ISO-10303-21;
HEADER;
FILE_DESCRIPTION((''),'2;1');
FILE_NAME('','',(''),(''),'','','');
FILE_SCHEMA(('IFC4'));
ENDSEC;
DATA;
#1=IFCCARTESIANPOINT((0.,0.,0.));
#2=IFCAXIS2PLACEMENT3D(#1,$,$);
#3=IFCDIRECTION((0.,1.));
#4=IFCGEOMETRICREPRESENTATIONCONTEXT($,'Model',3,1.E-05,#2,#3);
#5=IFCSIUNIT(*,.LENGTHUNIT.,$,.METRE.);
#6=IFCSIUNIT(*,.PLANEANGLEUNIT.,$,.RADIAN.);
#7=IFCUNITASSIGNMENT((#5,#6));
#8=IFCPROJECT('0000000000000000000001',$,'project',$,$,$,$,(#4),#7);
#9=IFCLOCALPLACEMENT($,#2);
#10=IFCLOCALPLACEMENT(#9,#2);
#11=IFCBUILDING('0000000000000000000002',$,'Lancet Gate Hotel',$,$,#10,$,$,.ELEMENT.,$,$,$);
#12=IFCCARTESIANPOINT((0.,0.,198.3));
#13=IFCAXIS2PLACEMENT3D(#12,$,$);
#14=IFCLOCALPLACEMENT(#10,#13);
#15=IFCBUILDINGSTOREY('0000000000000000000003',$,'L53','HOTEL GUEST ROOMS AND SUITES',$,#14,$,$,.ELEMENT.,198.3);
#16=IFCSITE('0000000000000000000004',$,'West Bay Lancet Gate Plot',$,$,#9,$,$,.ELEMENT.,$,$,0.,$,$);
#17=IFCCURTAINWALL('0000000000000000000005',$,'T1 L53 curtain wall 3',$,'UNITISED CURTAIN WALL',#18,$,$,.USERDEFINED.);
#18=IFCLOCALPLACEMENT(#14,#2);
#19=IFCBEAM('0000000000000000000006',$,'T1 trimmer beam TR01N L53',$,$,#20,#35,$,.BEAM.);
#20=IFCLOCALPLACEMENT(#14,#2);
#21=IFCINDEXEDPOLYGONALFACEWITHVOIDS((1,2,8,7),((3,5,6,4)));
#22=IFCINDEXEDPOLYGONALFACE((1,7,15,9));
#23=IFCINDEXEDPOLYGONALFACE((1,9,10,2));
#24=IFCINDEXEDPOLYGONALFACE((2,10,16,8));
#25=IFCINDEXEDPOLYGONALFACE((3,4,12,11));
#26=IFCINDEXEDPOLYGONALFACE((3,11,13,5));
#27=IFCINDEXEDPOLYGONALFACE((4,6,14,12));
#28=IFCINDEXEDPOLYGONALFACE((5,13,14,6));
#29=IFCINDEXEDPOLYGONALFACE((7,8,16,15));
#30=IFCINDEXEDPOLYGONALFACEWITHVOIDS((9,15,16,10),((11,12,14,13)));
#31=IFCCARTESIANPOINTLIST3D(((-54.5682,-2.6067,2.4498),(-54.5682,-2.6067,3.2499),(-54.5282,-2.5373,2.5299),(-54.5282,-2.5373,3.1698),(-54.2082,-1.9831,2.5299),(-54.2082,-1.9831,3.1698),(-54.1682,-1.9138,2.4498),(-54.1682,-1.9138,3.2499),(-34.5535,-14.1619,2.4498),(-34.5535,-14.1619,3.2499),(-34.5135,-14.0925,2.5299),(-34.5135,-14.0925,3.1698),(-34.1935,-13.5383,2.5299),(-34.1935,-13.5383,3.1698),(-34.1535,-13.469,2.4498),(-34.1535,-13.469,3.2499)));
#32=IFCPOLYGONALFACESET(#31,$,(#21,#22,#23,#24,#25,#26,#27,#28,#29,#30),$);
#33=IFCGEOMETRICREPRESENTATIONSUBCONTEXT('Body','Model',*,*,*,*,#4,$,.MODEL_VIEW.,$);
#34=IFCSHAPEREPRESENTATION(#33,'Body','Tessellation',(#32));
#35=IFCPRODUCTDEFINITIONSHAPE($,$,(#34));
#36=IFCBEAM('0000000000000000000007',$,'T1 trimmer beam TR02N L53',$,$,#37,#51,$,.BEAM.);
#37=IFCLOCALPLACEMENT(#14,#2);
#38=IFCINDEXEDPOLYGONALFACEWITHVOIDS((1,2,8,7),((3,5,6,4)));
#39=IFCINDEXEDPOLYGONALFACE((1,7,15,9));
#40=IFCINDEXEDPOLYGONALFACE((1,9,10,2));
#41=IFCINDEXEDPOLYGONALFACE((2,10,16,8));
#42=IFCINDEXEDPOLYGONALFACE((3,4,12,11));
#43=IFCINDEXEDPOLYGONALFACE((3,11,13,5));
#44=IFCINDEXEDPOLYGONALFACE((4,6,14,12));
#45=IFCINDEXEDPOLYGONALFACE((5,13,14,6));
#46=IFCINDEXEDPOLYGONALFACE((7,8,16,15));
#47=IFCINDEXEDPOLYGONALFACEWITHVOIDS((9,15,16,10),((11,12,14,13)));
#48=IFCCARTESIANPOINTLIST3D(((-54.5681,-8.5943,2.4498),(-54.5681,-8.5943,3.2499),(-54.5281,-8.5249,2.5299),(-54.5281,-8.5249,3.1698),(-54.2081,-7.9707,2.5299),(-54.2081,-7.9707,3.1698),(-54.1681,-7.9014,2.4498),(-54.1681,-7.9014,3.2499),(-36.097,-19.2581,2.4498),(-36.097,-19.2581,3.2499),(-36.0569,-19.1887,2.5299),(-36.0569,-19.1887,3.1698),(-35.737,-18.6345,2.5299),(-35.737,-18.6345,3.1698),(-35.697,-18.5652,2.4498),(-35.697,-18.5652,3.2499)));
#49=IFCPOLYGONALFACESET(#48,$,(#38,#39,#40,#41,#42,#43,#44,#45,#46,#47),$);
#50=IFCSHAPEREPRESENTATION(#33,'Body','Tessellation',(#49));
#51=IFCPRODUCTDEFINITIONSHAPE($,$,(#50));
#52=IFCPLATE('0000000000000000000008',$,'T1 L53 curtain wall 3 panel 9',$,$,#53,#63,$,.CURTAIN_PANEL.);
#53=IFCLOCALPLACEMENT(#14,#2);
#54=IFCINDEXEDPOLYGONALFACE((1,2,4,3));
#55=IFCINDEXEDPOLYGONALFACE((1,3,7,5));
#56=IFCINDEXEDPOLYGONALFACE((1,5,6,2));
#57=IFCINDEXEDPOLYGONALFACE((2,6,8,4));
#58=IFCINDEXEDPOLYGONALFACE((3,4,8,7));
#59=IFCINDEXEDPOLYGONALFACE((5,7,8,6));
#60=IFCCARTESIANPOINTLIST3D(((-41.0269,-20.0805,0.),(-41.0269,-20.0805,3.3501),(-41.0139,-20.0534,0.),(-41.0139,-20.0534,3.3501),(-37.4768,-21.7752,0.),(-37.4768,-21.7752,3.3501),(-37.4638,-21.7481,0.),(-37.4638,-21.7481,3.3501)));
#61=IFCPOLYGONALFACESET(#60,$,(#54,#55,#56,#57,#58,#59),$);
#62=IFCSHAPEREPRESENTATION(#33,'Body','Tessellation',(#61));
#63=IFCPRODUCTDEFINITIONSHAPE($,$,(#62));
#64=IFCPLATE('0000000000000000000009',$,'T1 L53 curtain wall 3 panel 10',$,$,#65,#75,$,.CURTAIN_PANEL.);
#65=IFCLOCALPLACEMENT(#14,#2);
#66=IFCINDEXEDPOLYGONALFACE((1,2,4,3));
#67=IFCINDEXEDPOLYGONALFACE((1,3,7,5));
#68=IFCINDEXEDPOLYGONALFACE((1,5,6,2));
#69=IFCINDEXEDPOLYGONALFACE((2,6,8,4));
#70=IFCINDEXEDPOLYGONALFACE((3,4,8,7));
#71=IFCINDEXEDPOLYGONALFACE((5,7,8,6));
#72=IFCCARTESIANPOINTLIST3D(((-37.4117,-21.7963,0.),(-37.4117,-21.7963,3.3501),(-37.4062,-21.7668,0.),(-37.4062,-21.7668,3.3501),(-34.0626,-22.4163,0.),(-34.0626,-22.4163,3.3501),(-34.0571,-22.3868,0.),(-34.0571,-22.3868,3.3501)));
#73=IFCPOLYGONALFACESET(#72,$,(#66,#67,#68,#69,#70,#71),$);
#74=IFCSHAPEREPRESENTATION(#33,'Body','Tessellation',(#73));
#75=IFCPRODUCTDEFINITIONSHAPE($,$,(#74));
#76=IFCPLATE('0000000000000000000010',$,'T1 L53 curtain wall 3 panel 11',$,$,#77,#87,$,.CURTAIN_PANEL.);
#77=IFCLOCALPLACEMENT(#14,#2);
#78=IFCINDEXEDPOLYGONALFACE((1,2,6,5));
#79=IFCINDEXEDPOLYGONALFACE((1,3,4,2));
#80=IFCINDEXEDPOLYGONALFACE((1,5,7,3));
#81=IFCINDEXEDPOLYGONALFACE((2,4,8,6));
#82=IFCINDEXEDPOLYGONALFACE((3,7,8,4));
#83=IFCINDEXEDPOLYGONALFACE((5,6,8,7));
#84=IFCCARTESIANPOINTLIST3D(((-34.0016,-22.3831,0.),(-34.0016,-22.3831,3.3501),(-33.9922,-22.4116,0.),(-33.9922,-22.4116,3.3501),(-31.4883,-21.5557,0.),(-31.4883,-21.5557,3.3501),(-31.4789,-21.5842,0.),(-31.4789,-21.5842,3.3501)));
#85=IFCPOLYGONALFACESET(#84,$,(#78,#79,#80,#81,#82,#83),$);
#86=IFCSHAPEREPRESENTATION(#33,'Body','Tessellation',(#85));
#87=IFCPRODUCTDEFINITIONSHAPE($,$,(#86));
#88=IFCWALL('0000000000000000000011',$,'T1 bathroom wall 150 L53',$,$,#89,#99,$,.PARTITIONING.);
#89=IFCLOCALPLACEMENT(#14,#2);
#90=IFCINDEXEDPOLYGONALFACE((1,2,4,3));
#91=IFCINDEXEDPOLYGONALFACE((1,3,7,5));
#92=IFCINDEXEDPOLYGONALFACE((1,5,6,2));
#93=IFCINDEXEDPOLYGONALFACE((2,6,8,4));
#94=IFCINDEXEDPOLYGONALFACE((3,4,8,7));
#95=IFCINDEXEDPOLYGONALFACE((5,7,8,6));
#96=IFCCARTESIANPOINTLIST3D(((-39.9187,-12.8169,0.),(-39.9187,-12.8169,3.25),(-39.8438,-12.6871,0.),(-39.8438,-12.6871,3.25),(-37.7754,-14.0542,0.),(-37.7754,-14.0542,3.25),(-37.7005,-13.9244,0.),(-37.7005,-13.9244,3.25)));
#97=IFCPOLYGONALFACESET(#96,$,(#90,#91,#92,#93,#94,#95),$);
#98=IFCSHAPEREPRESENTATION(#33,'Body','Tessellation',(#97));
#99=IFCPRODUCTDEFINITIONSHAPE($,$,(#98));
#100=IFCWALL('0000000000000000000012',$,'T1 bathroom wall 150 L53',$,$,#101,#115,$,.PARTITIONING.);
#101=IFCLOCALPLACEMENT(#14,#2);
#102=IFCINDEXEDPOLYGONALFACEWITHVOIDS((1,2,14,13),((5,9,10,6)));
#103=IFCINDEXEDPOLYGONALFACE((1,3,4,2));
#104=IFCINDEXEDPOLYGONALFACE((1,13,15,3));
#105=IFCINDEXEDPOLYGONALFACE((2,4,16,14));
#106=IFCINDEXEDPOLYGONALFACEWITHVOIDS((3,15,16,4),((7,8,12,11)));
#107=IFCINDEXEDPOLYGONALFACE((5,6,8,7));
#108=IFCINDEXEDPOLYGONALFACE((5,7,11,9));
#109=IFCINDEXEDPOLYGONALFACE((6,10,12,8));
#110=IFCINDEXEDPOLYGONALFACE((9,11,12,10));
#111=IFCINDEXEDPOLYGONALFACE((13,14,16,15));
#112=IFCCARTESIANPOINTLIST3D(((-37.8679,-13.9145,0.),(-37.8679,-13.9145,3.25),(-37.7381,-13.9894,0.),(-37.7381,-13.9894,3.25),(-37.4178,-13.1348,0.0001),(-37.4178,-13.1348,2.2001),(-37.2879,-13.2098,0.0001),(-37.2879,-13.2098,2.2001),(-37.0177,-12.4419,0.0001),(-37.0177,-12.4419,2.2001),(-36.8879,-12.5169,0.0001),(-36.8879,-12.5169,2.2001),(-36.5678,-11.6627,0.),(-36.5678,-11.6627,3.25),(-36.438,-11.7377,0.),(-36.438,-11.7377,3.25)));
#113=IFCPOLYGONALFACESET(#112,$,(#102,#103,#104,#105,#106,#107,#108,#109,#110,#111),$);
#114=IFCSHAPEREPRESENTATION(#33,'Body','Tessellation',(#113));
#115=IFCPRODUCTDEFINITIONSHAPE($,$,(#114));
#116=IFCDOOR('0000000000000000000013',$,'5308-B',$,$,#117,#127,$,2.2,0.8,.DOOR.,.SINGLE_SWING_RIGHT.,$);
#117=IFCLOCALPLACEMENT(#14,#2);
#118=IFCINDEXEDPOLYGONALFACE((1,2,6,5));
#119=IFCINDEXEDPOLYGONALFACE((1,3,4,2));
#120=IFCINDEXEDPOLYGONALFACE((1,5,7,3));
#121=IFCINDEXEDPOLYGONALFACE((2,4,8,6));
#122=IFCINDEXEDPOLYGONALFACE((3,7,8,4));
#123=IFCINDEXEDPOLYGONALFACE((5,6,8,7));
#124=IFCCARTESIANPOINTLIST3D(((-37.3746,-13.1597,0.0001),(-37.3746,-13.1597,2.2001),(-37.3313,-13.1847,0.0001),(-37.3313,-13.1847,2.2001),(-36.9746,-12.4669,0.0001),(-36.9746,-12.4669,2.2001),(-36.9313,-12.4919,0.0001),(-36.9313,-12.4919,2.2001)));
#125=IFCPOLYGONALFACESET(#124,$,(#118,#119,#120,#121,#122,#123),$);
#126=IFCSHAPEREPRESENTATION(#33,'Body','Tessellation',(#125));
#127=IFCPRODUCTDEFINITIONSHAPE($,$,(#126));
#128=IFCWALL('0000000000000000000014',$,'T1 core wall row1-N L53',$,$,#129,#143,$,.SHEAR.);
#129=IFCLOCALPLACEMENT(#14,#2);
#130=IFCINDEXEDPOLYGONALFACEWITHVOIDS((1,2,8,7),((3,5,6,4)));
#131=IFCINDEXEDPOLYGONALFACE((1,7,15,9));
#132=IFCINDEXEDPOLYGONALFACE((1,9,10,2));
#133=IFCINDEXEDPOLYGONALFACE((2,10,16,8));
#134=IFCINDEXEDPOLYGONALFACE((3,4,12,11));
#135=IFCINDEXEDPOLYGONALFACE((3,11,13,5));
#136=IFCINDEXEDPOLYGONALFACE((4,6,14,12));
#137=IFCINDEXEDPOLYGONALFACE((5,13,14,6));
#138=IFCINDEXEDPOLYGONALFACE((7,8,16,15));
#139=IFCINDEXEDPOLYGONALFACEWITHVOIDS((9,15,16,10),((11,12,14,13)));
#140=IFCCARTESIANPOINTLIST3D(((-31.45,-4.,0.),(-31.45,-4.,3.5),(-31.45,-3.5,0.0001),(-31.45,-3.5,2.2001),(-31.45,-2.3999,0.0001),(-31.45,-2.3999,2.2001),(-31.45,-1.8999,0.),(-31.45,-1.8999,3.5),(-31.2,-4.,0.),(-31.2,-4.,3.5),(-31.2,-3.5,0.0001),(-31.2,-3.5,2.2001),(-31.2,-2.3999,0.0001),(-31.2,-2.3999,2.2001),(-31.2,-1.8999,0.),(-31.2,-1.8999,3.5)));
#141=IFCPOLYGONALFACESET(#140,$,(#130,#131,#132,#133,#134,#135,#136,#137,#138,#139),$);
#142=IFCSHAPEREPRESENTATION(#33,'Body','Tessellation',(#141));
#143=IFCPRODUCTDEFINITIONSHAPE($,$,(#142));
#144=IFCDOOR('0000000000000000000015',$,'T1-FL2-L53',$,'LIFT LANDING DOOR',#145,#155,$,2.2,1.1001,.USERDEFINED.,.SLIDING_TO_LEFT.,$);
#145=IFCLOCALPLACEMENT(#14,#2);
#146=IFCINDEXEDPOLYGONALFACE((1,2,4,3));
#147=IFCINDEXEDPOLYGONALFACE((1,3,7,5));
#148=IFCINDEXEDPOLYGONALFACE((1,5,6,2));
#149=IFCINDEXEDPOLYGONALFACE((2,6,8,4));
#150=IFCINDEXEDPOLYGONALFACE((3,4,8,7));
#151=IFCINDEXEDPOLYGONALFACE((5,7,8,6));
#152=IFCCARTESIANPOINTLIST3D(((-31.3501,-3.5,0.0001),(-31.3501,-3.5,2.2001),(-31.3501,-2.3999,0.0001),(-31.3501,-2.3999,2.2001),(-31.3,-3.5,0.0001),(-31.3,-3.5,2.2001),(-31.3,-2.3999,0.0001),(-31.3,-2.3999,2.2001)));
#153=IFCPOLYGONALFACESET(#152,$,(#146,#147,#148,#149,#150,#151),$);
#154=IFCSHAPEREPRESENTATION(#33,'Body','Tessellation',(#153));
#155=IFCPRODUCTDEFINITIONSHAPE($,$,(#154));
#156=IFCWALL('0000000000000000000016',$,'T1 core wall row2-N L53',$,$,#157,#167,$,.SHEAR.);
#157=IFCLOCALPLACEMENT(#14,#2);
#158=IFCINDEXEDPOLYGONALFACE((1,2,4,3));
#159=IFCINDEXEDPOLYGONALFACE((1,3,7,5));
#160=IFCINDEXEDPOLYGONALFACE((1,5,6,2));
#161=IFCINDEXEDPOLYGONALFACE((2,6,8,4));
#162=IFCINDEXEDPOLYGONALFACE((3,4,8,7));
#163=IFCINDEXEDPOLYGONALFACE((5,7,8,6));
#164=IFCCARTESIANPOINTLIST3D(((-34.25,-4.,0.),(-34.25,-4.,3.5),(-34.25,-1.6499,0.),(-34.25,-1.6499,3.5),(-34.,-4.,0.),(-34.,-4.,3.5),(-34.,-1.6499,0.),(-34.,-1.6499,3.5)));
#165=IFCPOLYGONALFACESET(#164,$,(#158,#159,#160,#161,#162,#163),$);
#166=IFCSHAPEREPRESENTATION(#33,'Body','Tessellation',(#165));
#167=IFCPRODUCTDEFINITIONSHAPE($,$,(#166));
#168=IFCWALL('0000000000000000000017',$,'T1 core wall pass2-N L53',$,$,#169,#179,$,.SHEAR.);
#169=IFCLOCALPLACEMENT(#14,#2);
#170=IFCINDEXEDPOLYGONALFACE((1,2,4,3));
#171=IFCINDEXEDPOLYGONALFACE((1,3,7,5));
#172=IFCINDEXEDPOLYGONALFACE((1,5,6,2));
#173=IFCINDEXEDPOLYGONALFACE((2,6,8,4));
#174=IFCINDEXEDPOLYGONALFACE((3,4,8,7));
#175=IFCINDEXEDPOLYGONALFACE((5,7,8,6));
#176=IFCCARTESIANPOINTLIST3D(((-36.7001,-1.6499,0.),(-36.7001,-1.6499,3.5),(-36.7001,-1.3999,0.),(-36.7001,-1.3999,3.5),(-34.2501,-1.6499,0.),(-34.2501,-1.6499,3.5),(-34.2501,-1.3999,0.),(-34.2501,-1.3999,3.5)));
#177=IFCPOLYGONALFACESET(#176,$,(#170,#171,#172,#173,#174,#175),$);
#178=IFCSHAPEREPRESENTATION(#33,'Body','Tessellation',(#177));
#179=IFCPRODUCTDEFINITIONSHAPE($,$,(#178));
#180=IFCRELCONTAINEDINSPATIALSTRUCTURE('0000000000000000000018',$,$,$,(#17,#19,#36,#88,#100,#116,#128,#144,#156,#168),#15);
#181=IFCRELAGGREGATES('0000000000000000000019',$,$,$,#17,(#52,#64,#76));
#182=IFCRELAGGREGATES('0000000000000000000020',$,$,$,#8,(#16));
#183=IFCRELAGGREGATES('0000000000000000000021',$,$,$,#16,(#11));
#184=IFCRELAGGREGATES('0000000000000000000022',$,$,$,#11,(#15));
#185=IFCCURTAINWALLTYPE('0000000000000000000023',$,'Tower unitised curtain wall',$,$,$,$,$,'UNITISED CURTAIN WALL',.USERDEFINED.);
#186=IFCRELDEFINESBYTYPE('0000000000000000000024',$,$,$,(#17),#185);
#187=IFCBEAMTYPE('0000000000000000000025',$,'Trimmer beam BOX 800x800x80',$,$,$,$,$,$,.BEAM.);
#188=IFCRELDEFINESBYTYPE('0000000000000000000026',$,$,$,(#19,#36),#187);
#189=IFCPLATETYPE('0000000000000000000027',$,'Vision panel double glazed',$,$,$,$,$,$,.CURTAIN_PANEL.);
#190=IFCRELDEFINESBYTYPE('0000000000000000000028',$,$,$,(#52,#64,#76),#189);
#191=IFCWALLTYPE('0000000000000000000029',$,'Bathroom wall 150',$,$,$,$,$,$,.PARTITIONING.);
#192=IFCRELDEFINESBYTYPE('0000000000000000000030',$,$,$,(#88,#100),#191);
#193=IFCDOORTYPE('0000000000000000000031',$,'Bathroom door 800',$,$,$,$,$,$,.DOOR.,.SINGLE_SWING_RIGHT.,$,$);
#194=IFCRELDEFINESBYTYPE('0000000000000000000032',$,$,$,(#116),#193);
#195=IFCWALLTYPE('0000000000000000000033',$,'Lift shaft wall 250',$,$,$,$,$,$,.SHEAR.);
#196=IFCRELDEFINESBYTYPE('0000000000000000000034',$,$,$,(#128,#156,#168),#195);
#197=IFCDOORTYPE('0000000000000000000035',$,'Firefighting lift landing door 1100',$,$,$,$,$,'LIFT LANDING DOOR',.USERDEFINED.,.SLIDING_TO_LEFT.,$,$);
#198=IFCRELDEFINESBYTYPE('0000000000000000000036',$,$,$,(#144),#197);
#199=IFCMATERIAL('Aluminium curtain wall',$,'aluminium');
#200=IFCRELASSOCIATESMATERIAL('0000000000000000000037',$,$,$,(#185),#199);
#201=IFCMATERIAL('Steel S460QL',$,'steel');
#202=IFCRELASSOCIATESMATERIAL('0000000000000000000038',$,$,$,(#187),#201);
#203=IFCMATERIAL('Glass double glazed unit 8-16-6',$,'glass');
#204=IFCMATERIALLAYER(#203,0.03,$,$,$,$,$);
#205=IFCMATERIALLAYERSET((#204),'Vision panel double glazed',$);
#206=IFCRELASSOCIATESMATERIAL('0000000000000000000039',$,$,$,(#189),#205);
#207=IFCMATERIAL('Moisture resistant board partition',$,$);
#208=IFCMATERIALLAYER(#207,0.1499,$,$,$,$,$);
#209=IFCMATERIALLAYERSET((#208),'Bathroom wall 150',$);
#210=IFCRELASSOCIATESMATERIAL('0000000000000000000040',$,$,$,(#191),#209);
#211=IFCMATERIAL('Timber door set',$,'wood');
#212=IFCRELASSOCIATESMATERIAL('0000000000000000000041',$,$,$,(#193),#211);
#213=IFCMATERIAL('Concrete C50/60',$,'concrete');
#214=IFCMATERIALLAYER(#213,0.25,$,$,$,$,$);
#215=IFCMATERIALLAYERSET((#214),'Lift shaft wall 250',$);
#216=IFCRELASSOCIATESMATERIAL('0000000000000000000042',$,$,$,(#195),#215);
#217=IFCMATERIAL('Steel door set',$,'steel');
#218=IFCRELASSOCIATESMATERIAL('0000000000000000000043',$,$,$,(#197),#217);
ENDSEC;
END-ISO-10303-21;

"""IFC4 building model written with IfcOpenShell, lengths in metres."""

from ifc_helpers import new_model, si_unit, direction, frame, frame_2d, origin, origin_2d, place, context, subcontext, project, spatial, rectangle, hollow_rectangle, extrude, material, layer, layer_set, material_profile, profile_set, type_object, element, fill, aggregate, save


model = new_model("IFC4")

# Units and contexts
model_context = context("Model", 3, precision=1e-05, world=origin(), true_north=direction((0.0, 1.0)))
body_context = subcontext(model_context, "Body", "Model", "MODEL_VIEW")
ifc_project = project(units=[si_unit("LENGTHUNIT", "METRE"), si_unit("PLANEANGLEUNIT", "RADIAN")], contexts=[model_context])

# Site, building, storey
site_placement = place(None, origin())
site = spatial("IfcSite", under=ifc_project, at=site_placement, Name="West Bay Lancet Gate Plot", CompositionType="ELEMENT", RefElevation=0.0)
building_placement = place(site_placement, origin())
building = spatial("IfcBuilding", under=site, at=building_placement, Name="Lancet Gate Hotel", CompositionType="ELEMENT")
storey_placement = place(building_placement, frame((0.0, 0.0, 198.3)))
storey = spatial("IfcBuildingStorey", under=building, at=storey_placement, Name="L53", Description="HOTEL GUEST ROOMS AND SUITES", CompositionType="ELEMENT", Elevation=198.3)

# Curtain wall
ifc_material_1 = material(Name="Aluminium curtain wall", Category="aluminium")
curtain_wall_type = type_object("IfcCurtainWallType", Name="Tower unitised curtain wall", ElementType="UNITISED CURTAIN WALL", PredefinedType="USERDEFINED", material=ifc_material_1)
curtain_wall_1_placement = place(storey_placement, origin())
curtain_wall_1 = element("IfcCurtainWall", 1, at=curtain_wall_1_placement, inside=storey, type_object=curtain_wall_type, Name="T1 L53 curtain wall 3", ObjectType="UNITISED CURTAIN WALL", PredefinedType="USERDEFINED")

# Beams
ifc_material_2 = material(Name="Steel S460QL", Category="steel")
ifc_material_profile_1 = material_profile(ifc_material_2, hollow_rectangle(XDim=0.8, YDim=0.8, WallThickness=0.0801, at=origin_2d()), Name="BOX 800x800x80")
ifc_profile_set_1 = profile_set([ifc_material_profile_1], Name="Steel S460QL")
beam_type_1 = type_object("IfcBeamType", Name="Trimmer beam BOX 800x800x80", PredefinedType="BEAM", material=ifc_profile_set_1)
beam_1_placement = place(storey_placement, frame((-34.3535, -13.8154, 2.8499), z_axis=(-0.866031, 0.499991, 0.0), x_axis=(-0.499991, -0.866031, 0.0)))
element("IfcBeam", 2, at=beam_1_placement, inside=storey, type_object=beam_type_1, Name="T1 trimmer beam TR01N L53", PredefinedType="BEAM", context=body_context, shape_type="SweptSolid", body=[
    extrude(hollow_rectangle(XDim=0.8, YDim=0.8, WallThickness=0.0801, at=origin_2d()), origin(), (0.0, 0.0, 1.0), 23.1108),
])
beam_2_placement = place(storey_placement, frame((-35.897, -18.9116, 2.8499), z_axis=(-0.866036, 0.499981, 0.0), x_axis=(-0.499981, -0.866036, 0.0)))
element("IfcBeam", 3, at=beam_2_placement, inside=storey, type_object=beam_type_1, Name="T1 trimmer beam TR02N L53", PredefinedType="BEAM", context=body_context, shape_type="SweptSolid", body=[
    extrude(hollow_rectangle(XDim=0.8, YDim=0.8, WallThickness=0.0801, at=origin_2d()), origin(), (0.0, 0.0, 1.0), 21.3284),
])

# Plates
ifc_material_3 = material(Name="Glass double glazed unit 8-16-6", Category="glass")
ifc_layer_1 = layer(ifc_material_3, 0.03)
ifc_layer_set_1 = layer_set([ifc_layer_1], Name="Vision panel double glazed")
plate_type = type_object("IfcPlateType", Name="Vision panel double glazed", PredefinedType="CURTAIN_PANEL", material=ifc_layer_set_1)
plate_1_placement = place(storey_placement, frame((-39.2454, -20.9143, 0.0), z_axis=(0.0, 0.0, 1.0), x_axis=(0.902454, -0.430787, 0.0)))
plate_1 = element("IfcPlate", 4, at=plate_1_placement, type_object=plate_type, Name="T1 L53 curtain wall 3 panel 9", PredefinedType="CURTAIN_PANEL", context=body_context, shape_type="SweptSolid", body=[
    extrude(rectangle(XDim=3.9338, YDim=0.03, at=origin_2d()), origin(), (0.0, 0.0, 1.0), 3.3501),
])
plate_2_placement = place(storey_placement, frame((-35.7344, -22.0916, 0.0), z_axis=(0.0, 0.0, 1.0), x_axis=(0.983292, -0.182033, 0.0)))
plate_2 = element("IfcPlate", 5, at=plate_2_placement, type_object=plate_type, Name="T1 L53 curtain wall 3 panel 10", PredefinedType="CURTAIN_PANEL", context=body_context, shape_type="SweptSolid", body=[
    extrude(rectangle(XDim=3.406, YDim=0.03, at=origin_2d()), origin(), (0.0, 0.0, 1.0), 3.3501),
])
plate_3_placement = place(storey_placement, frame((-32.7402, -21.9836, 0.0), z_axis=(0.0, 0.0, 1.0), x_axis=(0.949848, 0.312712, 0.0)))
plate_3 = element("IfcPlate", 6, at=plate_3_placement, type_object=plate_type, Name="T1 L53 curtain wall 3 panel 11", PredefinedType="CURTAIN_PANEL", context=body_context, shape_type="SweptSolid", body=[
    extrude(rectangle(XDim=2.646, YDim=0.03, at=origin_2d()), origin(), (0.0, 0.0, 1.0), 3.3501),
])
aggregate(curtain_wall_1, [plate_1, plate_2, plate_3])

# Wall
ifc_material_4 = material(Name="Moisture resistant board partition")
ifc_layer_2 = layer(ifc_material_4, 0.1499)
ifc_layer_set_2 = layer_set([ifc_layer_2], Name="Bathroom wall 150")
wall_type_1 = type_object("IfcWallType", Name="Bathroom wall 150", PredefinedType="PARTITIONING", material=ifc_layer_set_2)
wall_1_placement = place(storey_placement, frame((-37.738, -13.9893, 0.0), z_axis=(0.0, 0.0, 1.0), x_axis=(-0.866049, 0.499959, 0.0)))
element("IfcWall", 7, at=wall_1_placement, inside=storey, type_object=wall_type_1, Name="T1 bathroom wall 150 L53", PredefinedType="PARTITIONING", context=body_context, shape_type="SweptSolid", body=[
    extrude(rectangle(XDim=2.4749, YDim=0.1499, at=frame_2d((1.2373, 0.0))), origin(), (0.0, 0.0, 1.0), 3.25),
])

# Walls, openings, doors
wall_2_placement = place(storey_placement, frame((-36.5029, -11.7002, 0.0), z_axis=(0.0, 0.0, 1.0), x_axis=(-0.500007, -0.866021, 0.0)))
wall_2 = element("IfcWall", 8, at=wall_2_placement, inside=storey, type_object=wall_type_1, Name="T1 bathroom wall 150 L53", PredefinedType="PARTITIONING", context=body_context, shape_type="SweptSolid", body=[
    extrude(rectangle(XDim=2.6001, YDim=0.1499, at=frame_2d((1.3, 0.0))), origin(), (0.0, 0.0, 1.0), 3.25),
])
opening_1_placement = place(wall_2_placement, frame((0.8999, 0.0, 0.0)))
opening_1 = element("IfcOpeningElement", 9, at=opening_1_placement, cuts=wall_2, PredefinedType="OPENING", context=body_context, shape_type="SweptSolid", body=[
    extrude(rectangle(XDim=0.8, YDim=2.2, at=frame_2d((0.3999, 1.1001))), frame((0.0, 0.085, 0.0), z_axis=(0.0, -1.0, 0.0), x_axis=(1.0, 0.0, 0.0)), (0.0, 0.0, 1.0), 0.1699),
])
ifc_material_5 = material(Name="Timber door set", Category="wood")
door_type_1 = type_object("IfcDoorType", Name="Bathroom door 800", OperationType="SINGLE_SWING_RIGHT", PredefinedType="DOOR", material=ifc_material_5)
door_1_placement = place(opening_1_placement, origin())
door_1 = element("IfcDoor", 10, at=door_1_placement, inside=storey, type_object=door_type_1, Name="5308-B", OperationType="SINGLE_SWING_RIGHT", OverallHeight=2.2, OverallWidth=0.8, PredefinedType="DOOR", context=body_context, shape_type="SweptSolid", body=[
    extrude(rectangle(XDim=0.8, YDim=2.2, at=frame_2d((0.3999, 1.1001))), frame((0.0, 0.0249, 0.0), z_axis=(0.0, -1.0, 0.0), x_axis=(1.0, 0.0, 0.0)), (0.0, 0.0, 1.0), 0.05),
])
fill(opening_1, door_1)
ifc_material_6 = material(Name="Concrete C50/60", Category="concrete")
ifc_layer_3 = layer(ifc_material_6, 0.25)
ifc_layer_set_3 = layer_set([ifc_layer_3], Name="Lift shaft wall 250")
wall_type_2 = type_object("IfcWallType", Name="Lift shaft wall 250", PredefinedType="SHEAR", material=ifc_layer_set_3)
wall_3_placement = place(storey_placement, frame((-31.325, -1.8999, 0.0), z_axis=(0.0, 0.0, 1.0), x_axis=(0.0, -1.0, 0.0)))
wall_3 = element("IfcWall", 11, at=wall_3_placement, inside=storey, type_object=wall_type_2, Name="T1 core wall row1-N L53", PredefinedType="SHEAR", context=body_context, shape_type="SweptSolid", body=[
    extrude(rectangle(XDim=2.1001, YDim=0.25, at=frame_2d((1.05, 0.0))), origin(), (0.0, 0.0, 1.0), 3.5),
])
opening_2_placement = place(wall_3_placement, frame((0.5, 0.0, 0.0)))
opening_2 = element("IfcOpeningElement", 12, at=opening_2_placement, cuts=wall_3, PredefinedType="OPENING", context=body_context, shape_type="SweptSolid", body=[
    extrude(rectangle(XDim=1.1001, YDim=2.2, at=frame_2d((0.55, 1.1001))), frame((0.0, 0.135, 0.0), z_axis=(0.0, -1.0, 0.0), x_axis=(1.0, 0.0, 0.0)), (0.0, 0.0, 1.0), 0.27),
])
ifc_material_7 = material(Name="Steel door set", Category="steel")
door_type_2 = type_object("IfcDoorType", Name="Firefighting lift landing door 1100", ElementType="LIFT LANDING DOOR", OperationType="SLIDING_TO_LEFT", PredefinedType="USERDEFINED", material=ifc_material_7)
door_2_placement = place(opening_2_placement, origin())
door_2 = element("IfcDoor", 13, at=door_2_placement, inside=storey, type_object=door_type_2, Name="T1-FL2-L53", ObjectType="LIFT LANDING DOOR", OperationType="SLIDING_TO_LEFT", OverallHeight=2.2, OverallWidth=1.1001, PredefinedType="USERDEFINED", context=body_context, shape_type="SweptSolid", body=[
    extrude(rectangle(XDim=1.1001, YDim=2.2, at=frame_2d((0.55, 1.1001))), frame((0.0, 0.0249, 0.0), z_axis=(0.0, -1.0, 0.0), x_axis=(1.0, 0.0, 0.0)), (0.0, 0.0, 1.0), 0.05),
])
fill(opening_2, door_2)

# Walls
wall_4_placement = place(storey_placement, frame((-34.125, -1.6499, 0.0), z_axis=(0.0, 0.0, 1.0), x_axis=(0.0, -1.0, 0.0)))
element("IfcWall", 14, at=wall_4_placement, inside=storey, type_object=wall_type_2, Name="T1 core wall row2-N L53", PredefinedType="SHEAR", context=body_context, shape_type="SweptSolid", body=[
    extrude(rectangle(XDim=2.3501, YDim=0.25, at=frame_2d((1.175, 0.0))), origin(), (0.0, 0.0, 1.0), 3.5),
])
wall_5_placement = place(storey_placement, frame((-34.25, -1.5249, 0.0), z_axis=(0.0, 0.0, 1.0), x_axis=(-1.0, 0.0, 0.0)))
element("IfcWall", 15, at=wall_5_placement, inside=storey, type_object=wall_type_2, Name="T1 core wall pass2-N L53", PredefinedType="SHEAR", context=body_context, shape_type="SweptSolid", body=[
    extrude(rectangle(XDim=2.45, YDim=0.25, at=frame_2d((1.2251, 0.0))), origin(), (0.0, 0.0, 1.0), 3.5),
])

save(model, "model.ifc")
